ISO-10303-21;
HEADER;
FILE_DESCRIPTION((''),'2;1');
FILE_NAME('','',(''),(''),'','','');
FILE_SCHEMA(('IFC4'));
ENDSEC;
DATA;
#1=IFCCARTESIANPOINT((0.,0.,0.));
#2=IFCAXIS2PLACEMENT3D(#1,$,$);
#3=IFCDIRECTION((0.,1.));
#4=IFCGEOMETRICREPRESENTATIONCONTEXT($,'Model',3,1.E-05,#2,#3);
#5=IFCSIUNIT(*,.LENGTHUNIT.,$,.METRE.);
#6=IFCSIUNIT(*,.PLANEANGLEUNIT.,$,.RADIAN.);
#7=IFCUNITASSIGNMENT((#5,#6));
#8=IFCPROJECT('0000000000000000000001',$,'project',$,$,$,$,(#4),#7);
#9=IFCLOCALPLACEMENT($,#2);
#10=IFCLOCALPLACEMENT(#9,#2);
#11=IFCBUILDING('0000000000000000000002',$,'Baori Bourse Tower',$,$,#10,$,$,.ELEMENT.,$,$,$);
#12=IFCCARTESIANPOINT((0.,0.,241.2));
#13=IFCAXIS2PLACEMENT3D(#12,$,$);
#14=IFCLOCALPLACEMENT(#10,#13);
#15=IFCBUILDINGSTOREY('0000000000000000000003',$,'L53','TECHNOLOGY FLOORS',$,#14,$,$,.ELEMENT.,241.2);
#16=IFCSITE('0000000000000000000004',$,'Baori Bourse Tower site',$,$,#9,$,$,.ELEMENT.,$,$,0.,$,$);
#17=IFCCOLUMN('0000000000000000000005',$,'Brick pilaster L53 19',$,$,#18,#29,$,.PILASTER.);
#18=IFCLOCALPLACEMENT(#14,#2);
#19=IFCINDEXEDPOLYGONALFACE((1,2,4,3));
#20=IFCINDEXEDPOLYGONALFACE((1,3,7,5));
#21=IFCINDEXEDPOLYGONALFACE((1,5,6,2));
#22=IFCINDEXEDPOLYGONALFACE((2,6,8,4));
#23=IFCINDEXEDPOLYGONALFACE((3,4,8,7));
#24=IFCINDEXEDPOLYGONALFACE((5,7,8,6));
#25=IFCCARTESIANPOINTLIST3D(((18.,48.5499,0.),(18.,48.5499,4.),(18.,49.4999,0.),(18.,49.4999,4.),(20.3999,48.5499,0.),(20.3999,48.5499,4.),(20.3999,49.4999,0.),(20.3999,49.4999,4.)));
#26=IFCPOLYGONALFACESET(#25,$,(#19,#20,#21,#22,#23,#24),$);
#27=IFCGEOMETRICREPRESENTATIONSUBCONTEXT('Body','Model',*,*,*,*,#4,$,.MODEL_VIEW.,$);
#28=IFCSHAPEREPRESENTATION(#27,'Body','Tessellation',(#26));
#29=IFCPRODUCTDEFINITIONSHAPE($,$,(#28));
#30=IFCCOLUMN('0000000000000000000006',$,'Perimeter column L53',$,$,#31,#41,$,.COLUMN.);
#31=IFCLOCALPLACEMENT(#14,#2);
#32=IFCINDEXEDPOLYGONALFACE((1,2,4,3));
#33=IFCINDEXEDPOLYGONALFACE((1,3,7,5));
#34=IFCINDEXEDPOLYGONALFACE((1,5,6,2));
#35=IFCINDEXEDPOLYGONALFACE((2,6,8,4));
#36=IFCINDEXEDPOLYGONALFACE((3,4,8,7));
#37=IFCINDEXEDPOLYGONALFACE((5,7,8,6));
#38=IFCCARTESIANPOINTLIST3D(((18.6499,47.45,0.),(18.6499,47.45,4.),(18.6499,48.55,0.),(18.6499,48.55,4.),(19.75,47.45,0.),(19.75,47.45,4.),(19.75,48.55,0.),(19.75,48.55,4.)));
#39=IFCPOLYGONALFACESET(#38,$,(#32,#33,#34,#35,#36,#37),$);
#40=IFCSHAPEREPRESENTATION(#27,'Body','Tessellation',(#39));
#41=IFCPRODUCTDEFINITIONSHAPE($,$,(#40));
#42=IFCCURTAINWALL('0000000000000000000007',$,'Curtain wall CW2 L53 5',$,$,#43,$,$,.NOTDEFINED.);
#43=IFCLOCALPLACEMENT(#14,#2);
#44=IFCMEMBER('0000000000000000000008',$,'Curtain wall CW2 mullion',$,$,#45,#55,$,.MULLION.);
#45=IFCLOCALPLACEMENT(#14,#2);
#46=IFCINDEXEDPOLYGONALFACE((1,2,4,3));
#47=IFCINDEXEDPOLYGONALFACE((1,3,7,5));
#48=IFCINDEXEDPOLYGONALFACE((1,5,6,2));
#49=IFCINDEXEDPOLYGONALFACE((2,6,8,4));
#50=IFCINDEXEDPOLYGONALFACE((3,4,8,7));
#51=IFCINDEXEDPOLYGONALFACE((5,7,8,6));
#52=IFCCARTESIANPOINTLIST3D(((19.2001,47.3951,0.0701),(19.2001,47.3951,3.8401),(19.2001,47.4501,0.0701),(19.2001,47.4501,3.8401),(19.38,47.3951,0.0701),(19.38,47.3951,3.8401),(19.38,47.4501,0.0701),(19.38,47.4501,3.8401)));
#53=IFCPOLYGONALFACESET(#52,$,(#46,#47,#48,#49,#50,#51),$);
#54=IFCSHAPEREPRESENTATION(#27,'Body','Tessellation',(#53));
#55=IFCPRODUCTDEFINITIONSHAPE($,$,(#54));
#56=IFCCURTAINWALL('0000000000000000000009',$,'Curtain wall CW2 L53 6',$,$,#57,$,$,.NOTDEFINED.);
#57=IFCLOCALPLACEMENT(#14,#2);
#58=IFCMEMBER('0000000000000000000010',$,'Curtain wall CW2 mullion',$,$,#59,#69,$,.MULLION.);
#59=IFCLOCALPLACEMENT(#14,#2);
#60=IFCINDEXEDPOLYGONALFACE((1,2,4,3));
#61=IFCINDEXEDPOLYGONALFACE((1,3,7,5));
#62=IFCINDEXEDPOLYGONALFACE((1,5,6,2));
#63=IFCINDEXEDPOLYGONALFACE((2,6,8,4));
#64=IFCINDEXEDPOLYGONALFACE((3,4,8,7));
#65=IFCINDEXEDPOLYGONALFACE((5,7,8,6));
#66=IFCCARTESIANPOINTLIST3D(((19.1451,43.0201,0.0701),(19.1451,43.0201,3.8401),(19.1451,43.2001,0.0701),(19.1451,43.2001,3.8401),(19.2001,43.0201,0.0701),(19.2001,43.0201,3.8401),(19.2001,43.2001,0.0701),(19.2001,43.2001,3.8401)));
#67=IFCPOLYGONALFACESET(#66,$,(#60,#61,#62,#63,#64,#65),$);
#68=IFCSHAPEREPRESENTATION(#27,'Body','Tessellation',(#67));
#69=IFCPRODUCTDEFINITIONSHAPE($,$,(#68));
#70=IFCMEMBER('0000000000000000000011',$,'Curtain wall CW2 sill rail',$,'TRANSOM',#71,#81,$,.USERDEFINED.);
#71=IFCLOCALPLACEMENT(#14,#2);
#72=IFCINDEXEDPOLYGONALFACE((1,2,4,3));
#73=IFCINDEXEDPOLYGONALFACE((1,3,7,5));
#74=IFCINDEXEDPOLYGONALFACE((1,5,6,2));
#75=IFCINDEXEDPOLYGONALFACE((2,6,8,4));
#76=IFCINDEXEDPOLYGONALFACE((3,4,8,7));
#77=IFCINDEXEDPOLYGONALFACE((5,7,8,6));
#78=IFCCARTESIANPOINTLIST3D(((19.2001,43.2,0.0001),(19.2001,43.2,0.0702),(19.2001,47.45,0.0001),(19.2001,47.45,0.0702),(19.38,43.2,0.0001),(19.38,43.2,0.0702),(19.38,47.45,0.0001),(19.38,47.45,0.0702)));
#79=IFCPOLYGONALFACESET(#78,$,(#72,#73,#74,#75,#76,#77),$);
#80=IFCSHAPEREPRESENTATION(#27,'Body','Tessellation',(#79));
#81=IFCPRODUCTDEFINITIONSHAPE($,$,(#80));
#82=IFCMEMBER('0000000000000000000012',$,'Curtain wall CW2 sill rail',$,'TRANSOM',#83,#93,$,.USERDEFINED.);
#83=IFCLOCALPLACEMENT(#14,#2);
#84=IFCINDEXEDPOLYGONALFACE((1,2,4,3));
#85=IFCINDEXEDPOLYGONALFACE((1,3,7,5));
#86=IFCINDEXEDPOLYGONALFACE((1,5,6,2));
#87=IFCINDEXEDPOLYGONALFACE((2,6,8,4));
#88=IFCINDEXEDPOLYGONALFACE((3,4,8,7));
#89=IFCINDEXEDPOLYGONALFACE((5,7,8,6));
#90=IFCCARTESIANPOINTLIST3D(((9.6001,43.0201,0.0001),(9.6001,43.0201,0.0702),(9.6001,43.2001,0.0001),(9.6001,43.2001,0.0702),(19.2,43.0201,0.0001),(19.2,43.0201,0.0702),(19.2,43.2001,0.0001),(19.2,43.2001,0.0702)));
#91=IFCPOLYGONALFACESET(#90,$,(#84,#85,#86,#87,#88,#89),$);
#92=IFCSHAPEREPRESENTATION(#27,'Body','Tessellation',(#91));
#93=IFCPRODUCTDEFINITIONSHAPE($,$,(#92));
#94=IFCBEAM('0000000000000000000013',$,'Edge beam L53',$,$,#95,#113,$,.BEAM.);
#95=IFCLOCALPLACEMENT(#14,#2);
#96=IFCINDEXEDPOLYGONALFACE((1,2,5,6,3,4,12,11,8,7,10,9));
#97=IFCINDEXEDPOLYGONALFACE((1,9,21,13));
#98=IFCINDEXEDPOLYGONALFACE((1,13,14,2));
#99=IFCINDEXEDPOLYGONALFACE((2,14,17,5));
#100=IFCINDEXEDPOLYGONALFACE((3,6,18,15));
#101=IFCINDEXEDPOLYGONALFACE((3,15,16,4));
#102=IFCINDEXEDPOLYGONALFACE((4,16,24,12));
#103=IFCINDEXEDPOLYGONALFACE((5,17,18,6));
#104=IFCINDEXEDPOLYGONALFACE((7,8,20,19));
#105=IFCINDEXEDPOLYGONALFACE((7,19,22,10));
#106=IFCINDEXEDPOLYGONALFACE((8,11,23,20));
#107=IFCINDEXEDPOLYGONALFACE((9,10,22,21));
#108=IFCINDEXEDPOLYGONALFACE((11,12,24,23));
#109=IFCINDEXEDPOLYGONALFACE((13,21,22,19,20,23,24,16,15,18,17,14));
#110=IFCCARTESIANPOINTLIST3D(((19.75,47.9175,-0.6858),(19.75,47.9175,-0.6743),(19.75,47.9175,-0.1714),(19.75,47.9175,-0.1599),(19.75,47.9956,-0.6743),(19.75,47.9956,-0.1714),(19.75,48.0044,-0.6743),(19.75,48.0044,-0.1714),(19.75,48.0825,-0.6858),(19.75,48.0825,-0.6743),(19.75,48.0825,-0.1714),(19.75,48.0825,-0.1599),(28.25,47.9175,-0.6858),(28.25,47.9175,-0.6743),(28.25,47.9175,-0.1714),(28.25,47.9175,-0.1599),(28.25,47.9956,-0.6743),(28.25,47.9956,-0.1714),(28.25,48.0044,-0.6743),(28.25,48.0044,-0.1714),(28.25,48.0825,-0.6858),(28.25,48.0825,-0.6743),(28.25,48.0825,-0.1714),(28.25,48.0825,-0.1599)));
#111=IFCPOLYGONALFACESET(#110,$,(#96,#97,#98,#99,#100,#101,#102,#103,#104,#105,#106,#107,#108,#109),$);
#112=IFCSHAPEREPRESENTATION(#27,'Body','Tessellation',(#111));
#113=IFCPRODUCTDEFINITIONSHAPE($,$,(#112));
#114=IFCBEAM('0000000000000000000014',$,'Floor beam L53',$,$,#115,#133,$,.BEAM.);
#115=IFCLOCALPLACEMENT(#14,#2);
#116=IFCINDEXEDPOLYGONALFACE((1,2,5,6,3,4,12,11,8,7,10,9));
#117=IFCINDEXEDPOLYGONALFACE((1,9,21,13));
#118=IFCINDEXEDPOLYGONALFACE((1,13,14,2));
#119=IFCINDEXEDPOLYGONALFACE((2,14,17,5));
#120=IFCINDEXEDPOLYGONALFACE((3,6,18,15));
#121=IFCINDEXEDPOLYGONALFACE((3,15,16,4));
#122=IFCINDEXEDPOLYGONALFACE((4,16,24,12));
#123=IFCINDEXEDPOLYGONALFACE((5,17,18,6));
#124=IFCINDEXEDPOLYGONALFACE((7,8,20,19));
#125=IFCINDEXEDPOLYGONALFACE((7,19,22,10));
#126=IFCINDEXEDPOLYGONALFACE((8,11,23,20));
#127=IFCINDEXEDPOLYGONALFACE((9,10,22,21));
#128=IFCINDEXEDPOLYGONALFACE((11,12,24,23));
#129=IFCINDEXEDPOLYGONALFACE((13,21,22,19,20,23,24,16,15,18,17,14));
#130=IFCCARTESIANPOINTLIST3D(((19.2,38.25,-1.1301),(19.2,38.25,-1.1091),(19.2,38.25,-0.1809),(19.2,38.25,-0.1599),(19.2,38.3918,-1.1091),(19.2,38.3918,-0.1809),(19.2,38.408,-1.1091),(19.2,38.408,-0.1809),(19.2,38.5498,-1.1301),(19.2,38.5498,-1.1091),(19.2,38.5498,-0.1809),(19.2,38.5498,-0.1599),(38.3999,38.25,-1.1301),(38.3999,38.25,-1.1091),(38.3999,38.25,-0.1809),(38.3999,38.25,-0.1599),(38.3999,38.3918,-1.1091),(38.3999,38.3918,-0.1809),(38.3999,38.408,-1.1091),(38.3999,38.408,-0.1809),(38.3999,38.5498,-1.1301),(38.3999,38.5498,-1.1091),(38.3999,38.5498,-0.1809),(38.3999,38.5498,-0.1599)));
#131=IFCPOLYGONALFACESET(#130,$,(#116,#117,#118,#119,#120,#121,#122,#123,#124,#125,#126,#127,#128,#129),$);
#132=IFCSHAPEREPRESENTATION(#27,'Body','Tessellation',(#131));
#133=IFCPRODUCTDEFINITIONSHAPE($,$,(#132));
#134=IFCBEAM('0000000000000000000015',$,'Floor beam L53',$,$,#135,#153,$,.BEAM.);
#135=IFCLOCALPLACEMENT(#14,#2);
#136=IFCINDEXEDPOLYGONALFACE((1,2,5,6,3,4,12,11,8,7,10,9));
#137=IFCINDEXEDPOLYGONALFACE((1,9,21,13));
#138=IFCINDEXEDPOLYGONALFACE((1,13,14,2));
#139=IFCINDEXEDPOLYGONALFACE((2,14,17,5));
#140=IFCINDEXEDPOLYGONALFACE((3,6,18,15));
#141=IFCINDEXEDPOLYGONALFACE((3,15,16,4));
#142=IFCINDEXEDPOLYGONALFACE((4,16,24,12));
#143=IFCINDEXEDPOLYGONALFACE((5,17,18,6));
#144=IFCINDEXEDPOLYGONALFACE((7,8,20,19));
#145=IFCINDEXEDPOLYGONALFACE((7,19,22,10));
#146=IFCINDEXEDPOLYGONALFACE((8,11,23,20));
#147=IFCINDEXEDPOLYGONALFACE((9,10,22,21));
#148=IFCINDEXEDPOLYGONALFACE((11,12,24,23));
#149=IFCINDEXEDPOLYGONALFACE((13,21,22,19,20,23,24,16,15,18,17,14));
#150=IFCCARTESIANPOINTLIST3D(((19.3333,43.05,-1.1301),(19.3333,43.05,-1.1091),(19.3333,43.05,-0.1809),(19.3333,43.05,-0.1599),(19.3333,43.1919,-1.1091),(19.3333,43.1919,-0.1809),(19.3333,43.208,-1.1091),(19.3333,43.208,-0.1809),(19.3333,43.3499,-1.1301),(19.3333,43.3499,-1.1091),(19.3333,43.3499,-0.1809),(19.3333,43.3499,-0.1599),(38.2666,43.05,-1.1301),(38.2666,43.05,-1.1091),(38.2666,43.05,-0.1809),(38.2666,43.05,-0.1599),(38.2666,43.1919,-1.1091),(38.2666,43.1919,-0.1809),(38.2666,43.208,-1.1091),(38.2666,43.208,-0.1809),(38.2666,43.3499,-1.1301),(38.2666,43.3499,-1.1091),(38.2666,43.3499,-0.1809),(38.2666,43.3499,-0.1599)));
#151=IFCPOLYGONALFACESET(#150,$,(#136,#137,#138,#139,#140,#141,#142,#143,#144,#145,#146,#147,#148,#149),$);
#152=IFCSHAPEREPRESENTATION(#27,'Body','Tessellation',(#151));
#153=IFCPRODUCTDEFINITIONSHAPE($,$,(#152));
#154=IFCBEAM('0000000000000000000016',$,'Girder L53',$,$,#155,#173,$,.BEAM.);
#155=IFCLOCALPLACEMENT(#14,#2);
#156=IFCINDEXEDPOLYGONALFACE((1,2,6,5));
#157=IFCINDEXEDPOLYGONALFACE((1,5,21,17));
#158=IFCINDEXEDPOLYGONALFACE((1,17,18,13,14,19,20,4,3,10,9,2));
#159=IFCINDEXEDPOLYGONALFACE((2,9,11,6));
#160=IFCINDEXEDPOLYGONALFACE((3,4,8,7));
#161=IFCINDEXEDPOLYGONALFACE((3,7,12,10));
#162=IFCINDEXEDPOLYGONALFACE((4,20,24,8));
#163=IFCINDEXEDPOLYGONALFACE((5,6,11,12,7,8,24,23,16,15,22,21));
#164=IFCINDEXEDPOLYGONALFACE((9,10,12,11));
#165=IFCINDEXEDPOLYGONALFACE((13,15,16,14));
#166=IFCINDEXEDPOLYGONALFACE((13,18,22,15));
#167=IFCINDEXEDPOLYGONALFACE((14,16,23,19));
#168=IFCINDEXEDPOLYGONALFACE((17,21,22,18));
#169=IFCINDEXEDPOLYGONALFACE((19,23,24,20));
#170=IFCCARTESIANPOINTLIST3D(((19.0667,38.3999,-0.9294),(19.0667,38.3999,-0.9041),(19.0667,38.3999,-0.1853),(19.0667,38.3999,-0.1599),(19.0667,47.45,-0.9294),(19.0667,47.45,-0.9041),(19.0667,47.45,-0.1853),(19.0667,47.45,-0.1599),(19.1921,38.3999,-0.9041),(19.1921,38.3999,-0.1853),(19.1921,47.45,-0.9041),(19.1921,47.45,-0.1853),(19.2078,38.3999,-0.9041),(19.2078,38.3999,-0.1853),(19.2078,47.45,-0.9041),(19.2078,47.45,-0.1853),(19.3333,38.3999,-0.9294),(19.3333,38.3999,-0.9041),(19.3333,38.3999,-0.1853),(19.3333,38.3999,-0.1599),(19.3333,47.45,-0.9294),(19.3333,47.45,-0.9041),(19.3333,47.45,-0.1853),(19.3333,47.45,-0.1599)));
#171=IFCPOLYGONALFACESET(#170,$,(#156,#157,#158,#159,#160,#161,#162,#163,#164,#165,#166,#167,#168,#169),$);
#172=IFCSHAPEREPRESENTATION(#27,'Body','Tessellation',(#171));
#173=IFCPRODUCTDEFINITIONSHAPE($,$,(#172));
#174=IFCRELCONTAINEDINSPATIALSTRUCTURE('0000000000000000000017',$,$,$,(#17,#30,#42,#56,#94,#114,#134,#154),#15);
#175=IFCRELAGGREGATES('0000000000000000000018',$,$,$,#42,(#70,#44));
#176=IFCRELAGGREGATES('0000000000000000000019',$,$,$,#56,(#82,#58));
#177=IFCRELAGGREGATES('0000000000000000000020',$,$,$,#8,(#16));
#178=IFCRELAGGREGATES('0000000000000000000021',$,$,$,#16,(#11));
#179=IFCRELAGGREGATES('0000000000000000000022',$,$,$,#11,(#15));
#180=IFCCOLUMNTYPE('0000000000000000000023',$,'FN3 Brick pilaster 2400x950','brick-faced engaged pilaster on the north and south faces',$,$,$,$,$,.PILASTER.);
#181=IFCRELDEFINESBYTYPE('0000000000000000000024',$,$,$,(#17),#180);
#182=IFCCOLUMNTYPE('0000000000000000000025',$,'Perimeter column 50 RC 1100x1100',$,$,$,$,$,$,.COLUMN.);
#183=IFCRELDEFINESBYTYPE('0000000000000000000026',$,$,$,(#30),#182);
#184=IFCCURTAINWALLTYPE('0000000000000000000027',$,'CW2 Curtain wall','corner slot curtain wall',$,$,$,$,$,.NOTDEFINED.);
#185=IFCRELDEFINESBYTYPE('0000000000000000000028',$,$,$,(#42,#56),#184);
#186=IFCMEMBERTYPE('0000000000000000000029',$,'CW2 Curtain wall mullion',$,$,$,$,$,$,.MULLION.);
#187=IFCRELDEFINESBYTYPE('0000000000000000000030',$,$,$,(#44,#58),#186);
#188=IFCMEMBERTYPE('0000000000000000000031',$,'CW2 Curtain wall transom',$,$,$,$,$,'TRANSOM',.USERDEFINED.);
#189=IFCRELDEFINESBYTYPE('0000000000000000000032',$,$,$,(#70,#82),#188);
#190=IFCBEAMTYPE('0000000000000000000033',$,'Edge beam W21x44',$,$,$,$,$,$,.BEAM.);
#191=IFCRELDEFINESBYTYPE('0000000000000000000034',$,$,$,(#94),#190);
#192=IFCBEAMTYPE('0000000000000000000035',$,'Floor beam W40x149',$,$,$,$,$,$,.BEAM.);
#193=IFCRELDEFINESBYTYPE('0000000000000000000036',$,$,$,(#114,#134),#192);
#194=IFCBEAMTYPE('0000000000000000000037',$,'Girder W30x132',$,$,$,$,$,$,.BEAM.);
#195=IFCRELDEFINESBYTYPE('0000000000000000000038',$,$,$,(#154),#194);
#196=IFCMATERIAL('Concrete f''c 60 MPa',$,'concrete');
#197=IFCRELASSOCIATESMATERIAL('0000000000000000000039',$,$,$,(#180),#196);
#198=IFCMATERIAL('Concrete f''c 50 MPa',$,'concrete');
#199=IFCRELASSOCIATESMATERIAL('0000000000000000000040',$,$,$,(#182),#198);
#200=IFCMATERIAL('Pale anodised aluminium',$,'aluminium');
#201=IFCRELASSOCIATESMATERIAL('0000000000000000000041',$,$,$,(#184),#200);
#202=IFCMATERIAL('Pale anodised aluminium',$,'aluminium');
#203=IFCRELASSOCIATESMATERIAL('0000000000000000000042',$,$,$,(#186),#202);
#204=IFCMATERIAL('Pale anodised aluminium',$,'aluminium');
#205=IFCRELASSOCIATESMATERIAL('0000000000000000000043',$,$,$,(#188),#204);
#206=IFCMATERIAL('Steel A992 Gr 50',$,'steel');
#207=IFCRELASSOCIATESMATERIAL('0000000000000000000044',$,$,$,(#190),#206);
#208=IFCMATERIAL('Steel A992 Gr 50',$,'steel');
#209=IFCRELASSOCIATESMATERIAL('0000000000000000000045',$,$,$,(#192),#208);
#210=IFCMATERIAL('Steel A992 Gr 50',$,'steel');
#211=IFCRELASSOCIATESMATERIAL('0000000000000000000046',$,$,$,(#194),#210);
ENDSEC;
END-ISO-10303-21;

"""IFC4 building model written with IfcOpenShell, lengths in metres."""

from ifc_helpers import new_model, si_unit, direction, frame, origin, origin_2d, place, context, subcontext, project, spatial, rectangle, i_section, extrude, material, material_profile, profile_set, type_object, element, aggregate, save


model = new_model("IFC4")

# Units and contexts
model_context = context("Model", 3, precision=1e-05, world=origin(), true_north=direction((0.0, 1.0)))
body_context = subcontext(model_context, "Body", "Model", "MODEL_VIEW")
ifc_project = project(units=[si_unit("LENGTHUNIT", "METRE"), si_unit("PLANEANGLEUNIT", "RADIAN")], contexts=[model_context])

# Site, building, storey
site_placement = place(None, origin())
site = spatial("IfcSite", under=ifc_project, at=site_placement, Name="Baori Bourse Tower site", CompositionType="ELEMENT", RefElevation=0.0)
building_placement = place(site_placement, origin())
building = spatial("IfcBuilding", under=site, at=building_placement, Name="Baori Bourse Tower", CompositionType="ELEMENT")
storey_placement = place(building_placement, frame((0.0, 0.0, 241.2)))
storey = spatial("IfcBuildingStorey", under=building, at=storey_placement, Name="L53", Description="TECHNOLOGY FLOORS", CompositionType="ELEMENT", Elevation=241.2)

# Columns
ifc_material_1 = material(Name="Concrete f'c 60 MPa", Category="concrete")
ifc_material_profile_1 = material_profile(ifc_material_1, rectangle(XDim=2.3999, YDim=0.95, at=origin_2d()), Name="RC 2400x950")
ifc_profile_set_1 = profile_set([ifc_material_profile_1], Name="Concrete f'c 60 MPa")
column_type_1 = type_object("IfcColumnType", Name="FN3 Brick pilaster 2400x950", Description="brick-faced engaged pilaster on the north and south faces", PredefinedType="PILASTER", material=ifc_profile_set_1)
column_1_placement = place(storey_placement, frame((19.2, 49.0249, 0.0), z_axis=(0.0, 0.0, 1.0), x_axis=(1.0, 0.0, 0.0)))
element("IfcColumn", 1, at=column_1_placement, inside=storey, type_object=column_type_1, Name="Brick pilaster L53 19", PredefinedType="PILASTER", context=body_context, shape_type="SweptSolid", body=[
    extrude(rectangle(XDim=2.3999, YDim=0.95, at=origin_2d()), origin(), (0.0, 0.0, 1.0), 4.0),
])
ifc_material_2 = material(Name="Concrete f'c 50 MPa", Category="concrete")
ifc_material_profile_2 = material_profile(ifc_material_2, rectangle(XDim=1.1001, YDim=1.1001, at=origin_2d()), Name="RC 1100x1100")
ifc_profile_set_2 = profile_set([ifc_material_profile_2], Name="Concrete f'c 50 MPa")
column_type_2 = type_object("IfcColumnType", Name="Perimeter column 50 RC 1100x1100", PredefinedType="COLUMN", material=ifc_profile_set_2)
column_2_placement = place(storey_placement, frame((19.2, 48.0, 0.0), z_axis=(0.0, 0.0, 1.0), x_axis=(1.0, 0.0, 0.0)))
element("IfcColumn", 2, at=column_2_placement, inside=storey, type_object=column_type_2, Name="Perimeter column L53", PredefinedType="COLUMN", context=body_context, shape_type="SweptSolid", body=[
    extrude(rectangle(XDim=1.1001, YDim=1.1001, at=origin_2d()), origin(), (0.0, 0.0, 1.0), 4.0),
])

# Curtain walls, members
ifc_material_3 = material(Name="Pale anodised aluminium", Category="aluminium")
curtain_wall_type = type_object("IfcCurtainWallType", Name="CW2 Curtain wall", Description="corner slot curtain wall", PredefinedType="NOTDEFINED", material=ifc_material_3)
curtain_wall_1_placement = place(storey_placement, origin())
curtain_wall_1 = element("IfcCurtainWall", 3, at=curtain_wall_1_placement, inside=storey, type_object=curtain_wall_type, Name="Curtain wall CW2 L53 5", PredefinedType="NOTDEFINED")
ifc_material_4 = material(Name="Pale anodised aluminium", Category="aluminium")
ifc_material_profile_3 = material_profile(ifc_material_4, rectangle(XDim=0.1799, YDim=0.0549, at=origin_2d()), Name="Mullion 55x180")
ifc_profile_set_3 = profile_set([ifc_material_profile_3], Name="Pale anodised aluminium")
member_type_1 = type_object("IfcMemberType", Name="CW2 Curtain wall mullion", PredefinedType="MULLION", material=ifc_profile_set_3)
member_1_placement = place(storey_placement, frame((19.29, 47.4226, 0.0701), z_axis=(0.0, 0.0, 1.0), x_axis=(1.0, 0.0, 0.0)))
member_1 = element("IfcMember", 4, at=member_1_placement, type_object=member_type_1, Name="Curtain wall CW2 mullion", PredefinedType="MULLION", context=body_context, shape_type="SweptSolid", body=[
    extrude(rectangle(XDim=0.1799, YDim=0.0549, at=origin_2d()), origin(), (0.0, 0.0, 1.0), 3.77),
])
curtain_wall_2_placement = place(storey_placement, origin())
curtain_wall_2 = element("IfcCurtainWall", 5, at=curtain_wall_2_placement, inside=storey, type_object=curtain_wall_type, Name="Curtain wall CW2 L53 6", PredefinedType="NOTDEFINED")
member_2_placement = place(storey_placement, frame((19.1726, 43.1101, 0.0701), z_axis=(0.0, 0.0, 1.0), x_axis=(0.0, -1.0, 0.0)))
member_2 = element("IfcMember", 6, at=member_2_placement, type_object=member_type_1, Name="Curtain wall CW2 mullion", PredefinedType="MULLION", context=body_context, shape_type="SweptSolid", body=[
    extrude(rectangle(XDim=0.1799, YDim=0.0549, at=origin_2d()), origin(), (0.0, 0.0, 1.0), 3.77),
])

# Members
ifc_material_5 = material(Name="Pale anodised aluminium", Category="aluminium")
ifc_material_profile_4 = material_profile(ifc_material_5, rectangle(XDim=0.1799, YDim=0.0701, at=origin_2d()), Name="Transom 70x180")
ifc_profile_set_4 = profile_set([ifc_material_profile_4], Name="Pale anodised aluminium")
member_type_2 = type_object("IfcMemberType", Name="CW2 Curtain wall transom", ElementType="TRANSOM", PredefinedType="USERDEFINED", material=ifc_profile_set_4)
member_3_placement = place(storey_placement, frame((19.29, 47.45, 0.0352), z_axis=(0.0, -1.0, 0.0), x_axis=(1.0, 0.0, 0.0)))
member_3 = element("IfcMember", 7, at=member_3_placement, type_object=member_type_2, Name="Curtain wall CW2 sill rail", ObjectType="TRANSOM", PredefinedType="USERDEFINED", context=body_context, shape_type="SweptSolid", body=[
    extrude(rectangle(XDim=0.1799, YDim=0.0701, at=origin_2d()), origin(), (0.0, 0.0, 1.0), 4.25),
])
member_4_placement = place(storey_placement, frame((19.2, 43.1101, 0.0352), z_axis=(-1.0, 0.0, 0.0), x_axis=(0.0, -1.0, 0.0)))
member_4 = element("IfcMember", 8, at=member_4_placement, type_object=member_type_2, Name="Curtain wall CW2 sill rail", ObjectType="TRANSOM", PredefinedType="USERDEFINED", context=body_context, shape_type="SweptSolid", body=[
    extrude(rectangle(XDim=0.1799, YDim=0.0701, at=origin_2d()), origin(), (0.0, 0.0, 1.0), 9.5999),
])

# Beams
ifc_material_6 = material(Name="Steel A992 Gr 50", Category="steel")
ifc_material_profile_5 = material_profile(ifc_material_6, i_section(OverallWidth=0.165, OverallDepth=0.5259, WebThickness=0.0088, FlangeThickness=0.0115, at=origin_2d()), Name="W21x44")
ifc_profile_set_5 = profile_set([ifc_material_profile_5], Name="Steel A992 Gr 50")
beam_type_1 = type_object("IfcBeamType", Name="Edge beam W21x44", PredefinedType="BEAM", material=ifc_profile_set_5)
beam_1_placement = place(storey_placement, frame((19.75, 48.0, -0.4229), z_axis=(1.0, 0.0, 0.0), x_axis=(0.0, 1.0, 0.0)))
element("IfcBeam", 9, at=beam_1_placement, inside=storey, type_object=beam_type_1, Name="Edge beam L53", PredefinedType="BEAM", context=body_context, shape_type="SweptSolid", body=[
    extrude(i_section(OverallWidth=0.165, OverallDepth=0.5259, WebThickness=0.0088, FlangeThickness=0.0115, at=origin_2d()), origin(), (0.0, 0.0, 1.0), 8.5),
])
ifc_material_7 = material(Name="Steel A992 Gr 50", Category="steel")
ifc_material_profile_6 = material_profile(ifc_material_7, i_section(OverallWidth=0.2998, OverallDepth=0.9702, WebThickness=0.0161, FlangeThickness=0.021, at=origin_2d()), Name="W40x149")
ifc_profile_set_6 = profile_set([ifc_material_profile_6], Name="Steel A992 Gr 50")
beam_type_2 = type_object("IfcBeamType", Name="Floor beam W40x149", PredefinedType="BEAM", material=ifc_profile_set_6)
beam_2_placement = place(storey_placement, frame((19.2, 38.3999, -0.645), z_axis=(1.0, 0.0, 0.0), x_axis=(0.0, 1.0, 0.0)))
element("IfcBeam", 10, at=beam_2_placement, inside=storey, type_object=beam_type_2, Name="Floor beam L53", PredefinedType="BEAM", context=body_context, shape_type="SweptSolid", body=[
    extrude(i_section(OverallWidth=0.2998, OverallDepth=0.9702, WebThickness=0.0161, FlangeThickness=0.021, at=origin_2d()), origin(), (0.0, 0.0, 1.0), 19.2),
])
beam_3_placement = place(storey_placement, frame((19.3333, 43.2, -0.645), z_axis=(1.0, 0.0, 0.0), x_axis=(0.0, 1.0, 0.0)))
element("IfcBeam", 11, at=beam_3_placement, inside=storey, type_object=beam_type_2, Name="Floor beam L53", PredefinedType="BEAM", context=body_context, shape_type="SweptSolid", body=[
    extrude(i_section(OverallWidth=0.2998, OverallDepth=0.9702, WebThickness=0.0161, FlangeThickness=0.021, at=origin_2d()), origin(), (0.0, 0.0, 1.0), 18.9333),
])
ifc_material_8 = material(Name="Steel A992 Gr 50", Category="steel")
ifc_material_profile_7 = material_profile(ifc_material_8, i_section(OverallWidth=0.2666, OverallDepth=0.7695, WebThickness=0.0156, FlangeThickness=0.0254, at=origin_2d()), Name="W30x132")
ifc_profile_set_7 = profile_set([ifc_material_profile_7], Name="Steel A992 Gr 50")
beam_type_3 = type_object("IfcBeamType", Name="Girder W30x132", PredefinedType="BEAM", material=ifc_profile_set_7)
beam_4_placement = place(storey_placement, frame((19.2, 38.3999, -0.5447), z_axis=(0.0, 1.0, 0.0), x_axis=(-1.0, 0.0, 0.0)))
element("IfcBeam", 12, at=beam_4_placement, inside=storey, type_object=beam_type_3, Name="Girder L53", PredefinedType="BEAM", context=body_context, shape_type="SweptSolid", body=[
    extrude(i_section(OverallWidth=0.2666, OverallDepth=0.7695, WebThickness=0.0156, FlangeThickness=0.0254, at=origin_2d()), origin(), (0.0, 0.0, 1.0), 9.05),
])

aggregate(curtain_wall_1, [member_3, member_1])
aggregate(curtain_wall_2, [member_4, member_2])

save(model, "model.ifc")
